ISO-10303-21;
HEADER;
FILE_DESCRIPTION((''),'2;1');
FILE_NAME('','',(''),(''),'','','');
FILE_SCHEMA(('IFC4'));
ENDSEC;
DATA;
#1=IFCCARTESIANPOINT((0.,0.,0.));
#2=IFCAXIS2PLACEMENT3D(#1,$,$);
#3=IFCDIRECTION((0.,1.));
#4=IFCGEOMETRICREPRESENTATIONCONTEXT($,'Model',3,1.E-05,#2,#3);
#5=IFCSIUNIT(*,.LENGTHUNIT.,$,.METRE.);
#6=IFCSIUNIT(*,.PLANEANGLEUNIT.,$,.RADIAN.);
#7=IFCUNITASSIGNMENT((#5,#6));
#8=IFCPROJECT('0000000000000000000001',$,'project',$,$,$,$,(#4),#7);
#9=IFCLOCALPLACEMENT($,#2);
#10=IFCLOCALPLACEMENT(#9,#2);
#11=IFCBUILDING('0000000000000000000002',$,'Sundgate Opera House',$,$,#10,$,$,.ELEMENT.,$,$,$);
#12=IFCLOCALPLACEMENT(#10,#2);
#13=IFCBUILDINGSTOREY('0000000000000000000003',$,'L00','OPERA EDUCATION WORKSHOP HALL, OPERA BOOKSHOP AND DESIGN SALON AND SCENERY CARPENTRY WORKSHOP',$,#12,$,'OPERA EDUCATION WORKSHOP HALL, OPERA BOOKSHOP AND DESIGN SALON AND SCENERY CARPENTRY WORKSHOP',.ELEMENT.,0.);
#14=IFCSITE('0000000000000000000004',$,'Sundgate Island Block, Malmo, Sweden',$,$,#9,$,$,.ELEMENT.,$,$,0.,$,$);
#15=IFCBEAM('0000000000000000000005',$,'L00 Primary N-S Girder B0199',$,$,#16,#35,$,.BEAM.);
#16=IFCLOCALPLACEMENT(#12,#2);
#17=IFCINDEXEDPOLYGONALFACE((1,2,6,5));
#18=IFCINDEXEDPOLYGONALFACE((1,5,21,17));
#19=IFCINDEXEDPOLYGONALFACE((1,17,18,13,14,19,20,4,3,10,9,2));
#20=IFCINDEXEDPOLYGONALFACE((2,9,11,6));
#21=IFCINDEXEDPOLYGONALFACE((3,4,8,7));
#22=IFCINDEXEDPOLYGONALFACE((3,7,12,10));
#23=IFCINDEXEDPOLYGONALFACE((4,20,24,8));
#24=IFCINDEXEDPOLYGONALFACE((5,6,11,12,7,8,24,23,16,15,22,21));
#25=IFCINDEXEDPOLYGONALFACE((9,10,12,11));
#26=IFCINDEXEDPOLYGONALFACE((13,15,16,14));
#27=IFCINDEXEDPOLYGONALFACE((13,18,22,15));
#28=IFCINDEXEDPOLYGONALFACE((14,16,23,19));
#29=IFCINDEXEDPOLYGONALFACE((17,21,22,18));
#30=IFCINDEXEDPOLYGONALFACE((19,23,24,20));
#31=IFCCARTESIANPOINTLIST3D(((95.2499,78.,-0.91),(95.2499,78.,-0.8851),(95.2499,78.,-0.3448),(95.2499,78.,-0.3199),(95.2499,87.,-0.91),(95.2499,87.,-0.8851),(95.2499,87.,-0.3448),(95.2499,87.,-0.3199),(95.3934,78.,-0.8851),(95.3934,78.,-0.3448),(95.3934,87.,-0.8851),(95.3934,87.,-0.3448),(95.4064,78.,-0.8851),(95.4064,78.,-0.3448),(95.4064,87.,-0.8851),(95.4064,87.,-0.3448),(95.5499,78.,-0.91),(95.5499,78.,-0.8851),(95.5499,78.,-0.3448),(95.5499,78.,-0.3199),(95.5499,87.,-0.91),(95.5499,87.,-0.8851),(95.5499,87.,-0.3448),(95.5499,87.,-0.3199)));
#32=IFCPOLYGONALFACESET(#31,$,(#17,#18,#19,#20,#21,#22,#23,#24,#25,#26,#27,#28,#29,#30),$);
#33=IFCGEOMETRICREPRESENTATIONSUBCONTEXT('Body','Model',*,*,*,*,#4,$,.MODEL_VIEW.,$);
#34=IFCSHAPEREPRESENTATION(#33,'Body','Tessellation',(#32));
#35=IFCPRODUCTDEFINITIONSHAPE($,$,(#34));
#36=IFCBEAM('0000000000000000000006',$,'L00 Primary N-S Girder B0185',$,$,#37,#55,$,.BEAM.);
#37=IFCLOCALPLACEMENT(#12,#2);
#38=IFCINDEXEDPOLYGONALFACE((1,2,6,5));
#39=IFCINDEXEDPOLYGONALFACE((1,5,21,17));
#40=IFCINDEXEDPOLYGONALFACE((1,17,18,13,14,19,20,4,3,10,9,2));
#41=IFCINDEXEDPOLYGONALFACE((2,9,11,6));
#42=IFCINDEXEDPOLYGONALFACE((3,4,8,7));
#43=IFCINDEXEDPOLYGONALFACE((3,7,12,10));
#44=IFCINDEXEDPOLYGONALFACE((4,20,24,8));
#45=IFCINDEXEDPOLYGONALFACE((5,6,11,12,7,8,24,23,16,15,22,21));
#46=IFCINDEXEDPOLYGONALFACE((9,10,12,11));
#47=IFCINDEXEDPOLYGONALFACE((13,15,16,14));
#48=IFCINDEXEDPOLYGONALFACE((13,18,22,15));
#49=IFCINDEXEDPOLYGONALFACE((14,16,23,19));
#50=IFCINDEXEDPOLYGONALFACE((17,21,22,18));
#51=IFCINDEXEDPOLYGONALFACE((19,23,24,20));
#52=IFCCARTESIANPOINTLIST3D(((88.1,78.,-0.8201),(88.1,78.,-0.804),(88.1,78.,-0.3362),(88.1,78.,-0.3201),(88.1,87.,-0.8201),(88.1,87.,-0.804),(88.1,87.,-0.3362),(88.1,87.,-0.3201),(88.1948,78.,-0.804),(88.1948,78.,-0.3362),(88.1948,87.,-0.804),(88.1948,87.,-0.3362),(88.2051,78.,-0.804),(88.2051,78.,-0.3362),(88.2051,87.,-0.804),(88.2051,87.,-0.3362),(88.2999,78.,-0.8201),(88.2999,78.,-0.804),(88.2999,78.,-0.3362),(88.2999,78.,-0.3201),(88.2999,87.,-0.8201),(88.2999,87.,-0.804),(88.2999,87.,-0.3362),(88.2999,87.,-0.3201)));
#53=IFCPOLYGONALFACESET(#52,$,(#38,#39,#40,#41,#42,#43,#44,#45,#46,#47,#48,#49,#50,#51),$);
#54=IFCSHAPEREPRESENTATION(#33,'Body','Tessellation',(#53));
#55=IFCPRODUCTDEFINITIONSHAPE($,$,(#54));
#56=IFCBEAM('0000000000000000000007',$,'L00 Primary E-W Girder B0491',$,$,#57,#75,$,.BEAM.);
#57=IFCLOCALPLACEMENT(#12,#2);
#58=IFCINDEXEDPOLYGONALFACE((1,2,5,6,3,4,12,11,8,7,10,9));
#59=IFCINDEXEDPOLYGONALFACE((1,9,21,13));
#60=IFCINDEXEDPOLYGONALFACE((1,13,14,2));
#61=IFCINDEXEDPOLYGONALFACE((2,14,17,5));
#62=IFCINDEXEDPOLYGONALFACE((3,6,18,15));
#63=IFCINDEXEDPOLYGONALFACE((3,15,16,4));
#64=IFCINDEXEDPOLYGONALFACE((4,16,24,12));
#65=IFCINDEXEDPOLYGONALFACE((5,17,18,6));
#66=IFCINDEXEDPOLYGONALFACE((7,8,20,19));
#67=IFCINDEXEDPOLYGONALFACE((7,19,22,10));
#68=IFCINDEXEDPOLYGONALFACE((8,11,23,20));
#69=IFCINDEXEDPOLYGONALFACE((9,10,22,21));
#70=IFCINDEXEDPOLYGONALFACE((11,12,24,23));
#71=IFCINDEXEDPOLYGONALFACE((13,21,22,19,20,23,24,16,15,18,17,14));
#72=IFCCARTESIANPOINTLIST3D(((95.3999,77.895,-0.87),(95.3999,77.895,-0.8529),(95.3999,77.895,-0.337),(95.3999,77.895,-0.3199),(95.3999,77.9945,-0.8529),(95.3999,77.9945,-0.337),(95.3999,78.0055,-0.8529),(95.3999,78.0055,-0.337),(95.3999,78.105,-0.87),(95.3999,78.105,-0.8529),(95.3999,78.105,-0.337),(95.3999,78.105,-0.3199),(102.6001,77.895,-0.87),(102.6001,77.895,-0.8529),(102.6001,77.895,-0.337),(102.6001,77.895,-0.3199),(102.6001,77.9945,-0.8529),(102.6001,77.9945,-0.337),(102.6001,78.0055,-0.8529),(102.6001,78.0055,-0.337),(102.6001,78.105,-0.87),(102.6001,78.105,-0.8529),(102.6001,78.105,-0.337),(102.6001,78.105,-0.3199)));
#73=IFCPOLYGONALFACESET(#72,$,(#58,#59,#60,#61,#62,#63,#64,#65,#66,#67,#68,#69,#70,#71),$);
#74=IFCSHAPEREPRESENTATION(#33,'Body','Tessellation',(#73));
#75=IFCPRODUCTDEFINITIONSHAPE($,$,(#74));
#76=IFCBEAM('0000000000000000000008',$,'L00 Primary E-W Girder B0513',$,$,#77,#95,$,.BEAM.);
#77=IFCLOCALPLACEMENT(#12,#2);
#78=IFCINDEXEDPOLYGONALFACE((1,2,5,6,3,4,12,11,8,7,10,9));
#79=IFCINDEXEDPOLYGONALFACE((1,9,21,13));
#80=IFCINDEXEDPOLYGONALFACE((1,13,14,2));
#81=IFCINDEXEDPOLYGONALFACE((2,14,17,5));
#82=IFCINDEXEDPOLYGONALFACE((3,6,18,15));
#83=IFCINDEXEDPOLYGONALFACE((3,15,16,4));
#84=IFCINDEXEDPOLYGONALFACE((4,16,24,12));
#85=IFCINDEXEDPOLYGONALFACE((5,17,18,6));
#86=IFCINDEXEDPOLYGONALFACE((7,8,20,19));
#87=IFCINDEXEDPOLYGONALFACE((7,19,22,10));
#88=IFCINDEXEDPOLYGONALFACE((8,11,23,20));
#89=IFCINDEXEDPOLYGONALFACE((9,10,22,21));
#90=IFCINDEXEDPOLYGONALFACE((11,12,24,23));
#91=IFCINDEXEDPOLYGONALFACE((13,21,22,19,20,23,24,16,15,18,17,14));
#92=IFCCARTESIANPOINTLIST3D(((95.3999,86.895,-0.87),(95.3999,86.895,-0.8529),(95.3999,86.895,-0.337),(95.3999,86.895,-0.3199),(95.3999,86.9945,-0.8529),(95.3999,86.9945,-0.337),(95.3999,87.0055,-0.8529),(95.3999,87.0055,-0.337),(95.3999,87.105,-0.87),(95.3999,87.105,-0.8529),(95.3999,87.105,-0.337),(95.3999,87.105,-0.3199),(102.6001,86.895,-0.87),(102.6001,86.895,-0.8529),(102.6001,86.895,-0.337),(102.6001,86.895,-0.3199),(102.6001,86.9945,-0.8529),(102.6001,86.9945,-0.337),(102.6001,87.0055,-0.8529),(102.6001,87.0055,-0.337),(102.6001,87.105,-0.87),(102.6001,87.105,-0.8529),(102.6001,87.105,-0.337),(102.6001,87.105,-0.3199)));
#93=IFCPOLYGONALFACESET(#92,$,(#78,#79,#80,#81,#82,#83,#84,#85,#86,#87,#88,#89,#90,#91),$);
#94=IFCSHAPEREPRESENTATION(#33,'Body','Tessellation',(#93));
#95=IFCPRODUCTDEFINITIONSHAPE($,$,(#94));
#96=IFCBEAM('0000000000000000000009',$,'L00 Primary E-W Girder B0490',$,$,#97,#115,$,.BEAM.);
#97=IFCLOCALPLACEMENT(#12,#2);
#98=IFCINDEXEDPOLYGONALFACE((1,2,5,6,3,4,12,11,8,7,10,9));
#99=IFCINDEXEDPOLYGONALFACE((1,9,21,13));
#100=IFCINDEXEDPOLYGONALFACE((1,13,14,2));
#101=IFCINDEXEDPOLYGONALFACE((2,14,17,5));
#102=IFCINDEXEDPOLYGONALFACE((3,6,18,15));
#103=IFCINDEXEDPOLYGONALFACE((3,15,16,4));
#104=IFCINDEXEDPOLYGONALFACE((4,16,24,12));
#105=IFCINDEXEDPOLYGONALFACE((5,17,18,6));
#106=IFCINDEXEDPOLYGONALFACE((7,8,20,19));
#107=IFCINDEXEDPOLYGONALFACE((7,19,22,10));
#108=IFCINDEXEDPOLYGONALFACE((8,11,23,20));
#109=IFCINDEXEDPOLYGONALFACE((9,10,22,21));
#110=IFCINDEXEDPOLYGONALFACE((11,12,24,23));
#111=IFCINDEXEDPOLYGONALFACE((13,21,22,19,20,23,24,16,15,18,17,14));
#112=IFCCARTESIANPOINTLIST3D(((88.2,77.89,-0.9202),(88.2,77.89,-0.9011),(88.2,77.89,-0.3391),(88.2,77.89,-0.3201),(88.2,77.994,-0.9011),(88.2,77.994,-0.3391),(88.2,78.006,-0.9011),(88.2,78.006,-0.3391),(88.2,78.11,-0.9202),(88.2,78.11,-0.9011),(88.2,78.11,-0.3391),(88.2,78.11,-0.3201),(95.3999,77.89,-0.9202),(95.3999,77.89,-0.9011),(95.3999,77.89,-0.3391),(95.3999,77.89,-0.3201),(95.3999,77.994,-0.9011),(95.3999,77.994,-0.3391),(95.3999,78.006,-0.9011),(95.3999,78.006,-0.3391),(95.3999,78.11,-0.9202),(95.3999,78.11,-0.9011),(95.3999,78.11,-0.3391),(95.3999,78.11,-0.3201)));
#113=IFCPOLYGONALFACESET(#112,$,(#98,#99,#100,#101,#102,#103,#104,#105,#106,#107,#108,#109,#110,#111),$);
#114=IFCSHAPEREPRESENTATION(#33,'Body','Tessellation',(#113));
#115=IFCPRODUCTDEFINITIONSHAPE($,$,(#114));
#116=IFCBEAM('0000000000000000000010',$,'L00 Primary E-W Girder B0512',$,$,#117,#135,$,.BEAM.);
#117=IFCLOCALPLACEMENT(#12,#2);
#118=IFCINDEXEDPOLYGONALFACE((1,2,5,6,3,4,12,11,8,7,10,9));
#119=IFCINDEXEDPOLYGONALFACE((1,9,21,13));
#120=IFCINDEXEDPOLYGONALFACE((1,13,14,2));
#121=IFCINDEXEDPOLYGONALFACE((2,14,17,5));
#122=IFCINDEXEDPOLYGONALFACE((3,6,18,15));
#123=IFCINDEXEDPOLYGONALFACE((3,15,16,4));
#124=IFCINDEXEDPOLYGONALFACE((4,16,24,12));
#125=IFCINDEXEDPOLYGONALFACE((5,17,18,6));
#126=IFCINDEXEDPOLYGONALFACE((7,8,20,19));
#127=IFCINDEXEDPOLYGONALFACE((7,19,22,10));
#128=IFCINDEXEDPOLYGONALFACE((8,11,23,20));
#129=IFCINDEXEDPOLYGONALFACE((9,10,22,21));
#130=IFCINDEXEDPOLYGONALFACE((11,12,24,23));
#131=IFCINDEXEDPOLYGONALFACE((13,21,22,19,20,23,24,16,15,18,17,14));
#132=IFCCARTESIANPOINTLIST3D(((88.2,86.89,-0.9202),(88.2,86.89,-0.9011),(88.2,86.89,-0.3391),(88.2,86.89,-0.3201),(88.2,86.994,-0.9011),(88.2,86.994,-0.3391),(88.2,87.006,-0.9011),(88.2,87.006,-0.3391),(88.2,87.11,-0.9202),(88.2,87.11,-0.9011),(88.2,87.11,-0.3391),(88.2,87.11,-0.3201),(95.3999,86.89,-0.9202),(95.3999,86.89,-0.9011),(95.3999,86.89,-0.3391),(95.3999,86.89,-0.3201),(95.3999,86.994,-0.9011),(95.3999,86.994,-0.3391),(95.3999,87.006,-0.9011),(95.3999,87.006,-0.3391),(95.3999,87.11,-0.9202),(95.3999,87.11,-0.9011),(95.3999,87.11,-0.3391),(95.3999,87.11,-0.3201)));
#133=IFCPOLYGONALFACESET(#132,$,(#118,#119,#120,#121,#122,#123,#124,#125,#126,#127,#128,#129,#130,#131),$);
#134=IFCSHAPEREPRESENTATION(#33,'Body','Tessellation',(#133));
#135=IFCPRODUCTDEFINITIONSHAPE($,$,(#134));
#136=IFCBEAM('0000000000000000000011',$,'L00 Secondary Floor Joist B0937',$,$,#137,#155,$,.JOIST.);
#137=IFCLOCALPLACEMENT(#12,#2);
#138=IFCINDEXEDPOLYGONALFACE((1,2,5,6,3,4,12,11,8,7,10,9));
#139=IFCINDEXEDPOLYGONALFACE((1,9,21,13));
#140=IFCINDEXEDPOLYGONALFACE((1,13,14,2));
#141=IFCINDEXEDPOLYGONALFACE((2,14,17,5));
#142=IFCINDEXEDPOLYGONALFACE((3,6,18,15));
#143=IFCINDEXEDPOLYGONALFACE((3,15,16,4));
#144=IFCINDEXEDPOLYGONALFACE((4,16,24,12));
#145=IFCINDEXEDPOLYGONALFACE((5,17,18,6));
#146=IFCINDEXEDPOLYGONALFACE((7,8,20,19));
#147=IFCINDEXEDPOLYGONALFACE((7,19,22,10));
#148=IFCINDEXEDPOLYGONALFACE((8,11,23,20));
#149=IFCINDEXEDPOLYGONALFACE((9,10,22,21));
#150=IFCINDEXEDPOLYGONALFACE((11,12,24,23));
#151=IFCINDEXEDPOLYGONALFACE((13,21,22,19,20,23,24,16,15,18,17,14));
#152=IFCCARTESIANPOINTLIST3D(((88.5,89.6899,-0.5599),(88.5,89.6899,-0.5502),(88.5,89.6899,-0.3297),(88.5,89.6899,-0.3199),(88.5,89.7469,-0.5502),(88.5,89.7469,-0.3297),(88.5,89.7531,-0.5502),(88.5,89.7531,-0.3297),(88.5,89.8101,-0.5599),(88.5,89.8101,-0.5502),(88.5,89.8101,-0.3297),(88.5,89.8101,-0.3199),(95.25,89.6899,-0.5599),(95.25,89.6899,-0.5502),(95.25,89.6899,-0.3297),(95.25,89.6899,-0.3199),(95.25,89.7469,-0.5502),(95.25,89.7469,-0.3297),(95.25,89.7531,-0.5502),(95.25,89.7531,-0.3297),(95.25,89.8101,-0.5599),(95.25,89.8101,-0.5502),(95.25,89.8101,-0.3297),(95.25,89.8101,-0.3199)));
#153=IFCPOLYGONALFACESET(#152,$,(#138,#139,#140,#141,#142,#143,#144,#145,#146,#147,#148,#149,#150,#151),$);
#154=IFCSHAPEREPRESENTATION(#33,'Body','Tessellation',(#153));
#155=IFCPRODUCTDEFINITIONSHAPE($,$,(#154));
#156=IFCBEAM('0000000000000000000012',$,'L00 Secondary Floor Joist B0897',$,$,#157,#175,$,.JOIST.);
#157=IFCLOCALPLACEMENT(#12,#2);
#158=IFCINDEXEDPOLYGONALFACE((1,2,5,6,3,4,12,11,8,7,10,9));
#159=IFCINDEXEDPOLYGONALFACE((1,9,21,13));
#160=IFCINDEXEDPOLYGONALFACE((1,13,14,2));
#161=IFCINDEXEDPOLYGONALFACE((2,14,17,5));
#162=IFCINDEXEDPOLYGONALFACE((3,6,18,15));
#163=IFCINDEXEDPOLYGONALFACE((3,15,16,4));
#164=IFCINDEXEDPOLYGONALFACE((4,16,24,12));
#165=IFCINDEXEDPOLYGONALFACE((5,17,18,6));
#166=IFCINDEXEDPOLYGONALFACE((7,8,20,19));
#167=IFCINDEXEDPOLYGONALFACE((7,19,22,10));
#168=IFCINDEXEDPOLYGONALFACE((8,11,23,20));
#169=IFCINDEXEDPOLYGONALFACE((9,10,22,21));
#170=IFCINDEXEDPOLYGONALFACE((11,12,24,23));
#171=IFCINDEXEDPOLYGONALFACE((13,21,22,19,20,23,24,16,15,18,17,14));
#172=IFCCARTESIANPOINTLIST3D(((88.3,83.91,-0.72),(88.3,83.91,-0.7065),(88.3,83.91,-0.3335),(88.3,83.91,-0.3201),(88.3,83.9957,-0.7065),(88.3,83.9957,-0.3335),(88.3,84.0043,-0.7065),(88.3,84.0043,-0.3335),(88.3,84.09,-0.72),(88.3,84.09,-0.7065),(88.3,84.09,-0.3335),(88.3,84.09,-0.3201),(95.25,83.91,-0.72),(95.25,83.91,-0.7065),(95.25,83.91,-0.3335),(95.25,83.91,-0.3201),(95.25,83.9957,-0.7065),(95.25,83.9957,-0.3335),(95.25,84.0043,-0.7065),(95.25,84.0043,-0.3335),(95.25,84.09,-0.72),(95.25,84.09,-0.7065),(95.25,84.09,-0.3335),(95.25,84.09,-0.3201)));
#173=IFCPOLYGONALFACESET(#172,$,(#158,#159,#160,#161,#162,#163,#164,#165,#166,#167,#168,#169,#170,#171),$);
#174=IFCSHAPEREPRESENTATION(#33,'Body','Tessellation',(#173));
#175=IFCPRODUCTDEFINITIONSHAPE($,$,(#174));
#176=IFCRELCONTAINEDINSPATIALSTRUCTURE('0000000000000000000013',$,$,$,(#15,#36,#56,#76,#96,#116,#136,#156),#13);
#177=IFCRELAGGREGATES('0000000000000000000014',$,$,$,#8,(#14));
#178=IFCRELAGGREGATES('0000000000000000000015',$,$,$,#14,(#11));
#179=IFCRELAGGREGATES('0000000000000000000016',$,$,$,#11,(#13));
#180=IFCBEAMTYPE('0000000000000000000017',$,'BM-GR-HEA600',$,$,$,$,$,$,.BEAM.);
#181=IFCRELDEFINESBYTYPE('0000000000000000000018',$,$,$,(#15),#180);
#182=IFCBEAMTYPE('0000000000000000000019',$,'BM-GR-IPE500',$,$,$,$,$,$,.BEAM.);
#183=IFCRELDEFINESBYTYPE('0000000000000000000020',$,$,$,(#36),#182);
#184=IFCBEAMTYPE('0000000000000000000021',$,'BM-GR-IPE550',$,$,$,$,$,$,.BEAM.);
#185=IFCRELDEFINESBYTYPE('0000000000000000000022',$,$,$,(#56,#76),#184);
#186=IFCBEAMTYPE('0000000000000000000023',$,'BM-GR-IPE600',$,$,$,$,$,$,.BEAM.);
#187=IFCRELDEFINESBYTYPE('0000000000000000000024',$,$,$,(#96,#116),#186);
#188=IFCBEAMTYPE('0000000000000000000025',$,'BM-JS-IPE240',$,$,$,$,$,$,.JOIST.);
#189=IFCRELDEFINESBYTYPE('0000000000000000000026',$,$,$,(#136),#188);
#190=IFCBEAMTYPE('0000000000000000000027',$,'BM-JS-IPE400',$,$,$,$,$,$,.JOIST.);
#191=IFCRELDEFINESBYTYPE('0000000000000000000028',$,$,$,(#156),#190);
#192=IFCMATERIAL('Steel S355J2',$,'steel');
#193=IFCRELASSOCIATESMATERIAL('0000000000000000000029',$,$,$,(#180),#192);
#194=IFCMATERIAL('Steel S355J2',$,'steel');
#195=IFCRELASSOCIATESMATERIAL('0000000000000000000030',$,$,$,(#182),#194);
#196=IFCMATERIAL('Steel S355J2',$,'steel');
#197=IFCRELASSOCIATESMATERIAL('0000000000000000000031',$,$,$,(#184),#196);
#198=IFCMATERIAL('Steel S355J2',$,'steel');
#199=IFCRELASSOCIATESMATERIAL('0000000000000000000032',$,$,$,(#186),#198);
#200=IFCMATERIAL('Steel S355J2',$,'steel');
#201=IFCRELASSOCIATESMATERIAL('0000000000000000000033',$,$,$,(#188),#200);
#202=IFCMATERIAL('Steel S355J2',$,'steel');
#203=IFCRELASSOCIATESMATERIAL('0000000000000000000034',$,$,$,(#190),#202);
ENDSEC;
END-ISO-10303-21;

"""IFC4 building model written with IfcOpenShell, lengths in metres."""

from ifc_helpers import new_model, si_unit, direction, frame, origin, origin_2d, place, context, subcontext, project, spatial, i_section, extrude, material, material_profile, profile_set, type_object, element, save


model = new_model("IFC4")

# Units and contexts
model_context = context("Model", 3, precision=1e-05, world=origin(), true_north=direction((0.0, 1.0)))
body_context = subcontext(model_context, "Body", "Model", "MODEL_VIEW")
ifc_project = project(units=[si_unit("LENGTHUNIT", "METRE"), si_unit("PLANEANGLEUNIT", "RADIAN")], contexts=[model_context])

# Site, building, storey
site_placement = place(None, origin())
site = spatial("IfcSite", under=ifc_project, at=site_placement, Name="Sundgate Island Block, Malmo, Sweden", CompositionType="ELEMENT", RefElevation=0.0)
building_placement = place(site_placement, origin())
building = spatial("IfcBuilding", under=site, at=building_placement, Name="Sundgate Opera House", CompositionType="ELEMENT")
storey_placement = place(building_placement, origin())
storey = spatial("IfcBuildingStorey", under=building, at=storey_placement, Name="L00", Description="OPERA EDUCATION WORKSHOP HALL, OPERA BOOKSHOP AND DESIGN SALON AND SCENERY CARPENTRY WORKSHOP", LongName="OPERA EDUCATION WORKSHOP HALL, OPERA BOOKSHOP AND DESIGN SALON AND SCENERY CARPENTRY WORKSHOP", CompositionType="ELEMENT", Elevation=0.0)

# Beams
ifc_material_1 = material(Name="Steel S355J2", Category="steel")
ifc_material_profile_1 = material_profile(ifc_material_1, i_section(OverallWidth=0.3, OverallDepth=0.5901, WebThickness=0.0129, FlangeThickness=0.0249, at=origin_2d()), Name="HEA 600")
ifc_profile_set_1 = profile_set([ifc_material_profile_1], Name="Steel S355J2")
beam_type_1 = type_object("IfcBeamType", Name="BM-GR-HEA600", PredefinedType="BEAM", material=ifc_profile_set_1)
beam_1_placement = place(storey_placement, frame((95.3999, 78.0, -0.615), z_axis=(0.0, 1.0, 0.0), x_axis=(-1.0, 0.0, 0.0)))
element("IfcBeam", 1, at=beam_1_placement, inside=storey, type_object=beam_type_1, Name="L00 Primary N-S Girder B0199", PredefinedType="BEAM", context=body_context, shape_type="SweptSolid", body=[
    extrude(i_section(OverallWidth=0.3, OverallDepth=0.5901, WebThickness=0.0129, FlangeThickness=0.0249, at=origin_2d()), origin(), (0.0, 0.0, 1.0), 9.0),
])
ifc_material_2 = material(Name="Steel S355J2", Category="steel")
ifc_material_profile_2 = material_profile(ifc_material_2, i_section(OverallWidth=0.2, OverallDepth=0.5, WebThickness=0.0103, FlangeThickness=0.0161, at=origin_2d()), Name="IPE 500")
ifc_profile_set_2 = profile_set([ifc_material_profile_2], Name="Steel S355J2")
beam_type_2 = type_object("IfcBeamType", Name="BM-GR-IPE500", PredefinedType="BEAM", material=ifc_profile_set_2)
beam_2_placement = place(storey_placement, frame((88.2, 78.0, -0.5701), z_axis=(0.0, 1.0, 0.0), x_axis=(-1.0, 0.0, 0.0)))
element("IfcBeam", 2, at=beam_2_placement, inside=storey, type_object=beam_type_2, Name="L00 Primary N-S Girder B0185", PredefinedType="BEAM", context=body_context, shape_type="SweptSolid", body=[
    extrude(i_section(OverallWidth=0.2, OverallDepth=0.5, WebThickness=0.0103, FlangeThickness=0.0161, at=origin_2d()), origin(), (0.0, 0.0, 1.0), 9.0),
])
ifc_material_3 = material(Name="Steel S355J2", Category="steel")
ifc_material_profile_3 = material_profile(ifc_material_3, i_section(OverallWidth=0.21, OverallDepth=0.55, WebThickness=0.011, FlangeThickness=0.0171, at=origin_2d()), Name="IPE 550")
ifc_profile_set_3 = profile_set([ifc_material_profile_3], Name="Steel S355J2")
beam_type_3 = type_object("IfcBeamType", Name="BM-GR-IPE550", PredefinedType="BEAM", material=ifc_profile_set_3)
for number, where, z_axis, x_axis, name in (
    (3, (95.3999, 78.0, -0.595), (1.0, 0.0, 0.0), (0.0, 1.0, 0.0), "L00 Primary E-W Girder B0491"),
    (4, (95.3999, 87.0, -0.595), (1.0, 0.0, 0.0), (0.0, 1.0, 0.0), "L00 Primary E-W Girder B0513"),
):
    element("IfcBeam", number, at=place(storey_placement, frame(where, z_axis=z_axis, x_axis=x_axis)), inside=storey, type_object=beam_type_3, Name=name, PredefinedType="BEAM", context=body_context, shape_type="SweptSolid", body=[
        extrude(i_section(OverallWidth=0.21, OverallDepth=0.55, WebThickness=0.011, FlangeThickness=0.0171, at=origin_2d()), origin(), (0.0, 0.0, 1.0), 7.2002),
    ])
ifc_material_4 = material(Name="Steel S355J2", Category="steel")
ifc_material_profile_4 = material_profile(ifc_material_4, i_section(OverallWidth=0.22, OverallDepth=0.6001, WebThickness=0.012, FlangeThickness=0.019, at=origin_2d()), Name="IPE 600")
ifc_profile_set_4 = profile_set([ifc_material_profile_4], Name="Steel S355J2")
beam_type_4 = type_object("IfcBeamType", Name="BM-GR-IPE600", PredefinedType="BEAM", material=ifc_profile_set_4)
for number, where, z_axis, x_axis, name in (
    (5, (88.2, 78.0, -0.6201), (1.0, 0.0, 0.0), (0.0, 1.0, 0.0), "L00 Primary E-W Girder B0490"),
    (6, (88.2, 87.0, -0.6201), (1.0, 0.0, 0.0), (0.0, 1.0, 0.0), "L00 Primary E-W Girder B0512"),
):
    element("IfcBeam", number, at=place(storey_placement, frame(where, z_axis=z_axis, x_axis=x_axis)), inside=storey, type_object=beam_type_4, Name=name, PredefinedType="BEAM", context=body_context, shape_type="SweptSolid", body=[
        extrude(i_section(OverallWidth=0.22, OverallDepth=0.6001, WebThickness=0.012, FlangeThickness=0.019, at=origin_2d()), origin(), (0.0, 0.0, 1.0), 7.2),
    ])
ifc_material_5 = material(Name="Steel S355J2", Category="steel")
ifc_material_profile_5 = material_profile(ifc_material_5, i_section(OverallWidth=0.1201, OverallDepth=0.24, WebThickness=0.0061, FlangeThickness=0.0098, at=origin_2d()), Name="IPE 240")
ifc_profile_set_5 = profile_set([ifc_material_profile_5], Name="Steel S355J2")
beam_type_5 = type_object("IfcBeamType", Name="BM-JS-IPE240", PredefinedType="JOIST", material=ifc_profile_set_5)
beam_3_placement = place(storey_placement, frame((88.5, 89.75, -0.4399), z_axis=(1.0, 0.0, 0.0), x_axis=(0.0, 1.0, 0.0)))
element("IfcBeam", 7, at=beam_3_placement, inside=storey, type_object=beam_type_5, Name="L00 Secondary Floor Joist B0937", PredefinedType="JOIST", context=body_context, shape_type="SweptSolid", body=[
    extrude(i_section(OverallWidth=0.1201, OverallDepth=0.24, WebThickness=0.0061, FlangeThickness=0.0098, at=origin_2d()), origin(), (0.0, 0.0, 1.0), 6.75),
])
ifc_material_6 = material(Name="Steel S355J2", Category="steel")
ifc_material_profile_6 = material_profile(ifc_material_6, i_section(OverallWidth=0.1799, OverallDepth=0.3999, WebThickness=0.0085, FlangeThickness=0.0134, at=origin_2d()), Name="IPE 400")
ifc_profile_set_6 = profile_set([ifc_material_profile_6], Name="Steel S355J2")
beam_type_6 = type_object("IfcBeamType", Name="BM-JS-IPE400", PredefinedType="JOIST", material=ifc_profile_set_6)
beam_4_placement = place(storey_placement, frame((88.3, 84.0, -0.52), z_axis=(1.0, 0.0, 0.0), x_axis=(0.0, 1.0, 0.0)))
element("IfcBeam", 8, at=beam_4_placement, inside=storey, type_object=beam_type_6, Name="L00 Secondary Floor Joist B0897", PredefinedType="JOIST", context=body_context, shape_type="SweptSolid", body=[
    extrude(i_section(OverallWidth=0.1799, OverallDepth=0.3999, WebThickness=0.0085, FlangeThickness=0.0134, at=origin_2d()), origin(), (0.0, 0.0, 1.0), 6.95),
])

save(model, "model.ifc")
